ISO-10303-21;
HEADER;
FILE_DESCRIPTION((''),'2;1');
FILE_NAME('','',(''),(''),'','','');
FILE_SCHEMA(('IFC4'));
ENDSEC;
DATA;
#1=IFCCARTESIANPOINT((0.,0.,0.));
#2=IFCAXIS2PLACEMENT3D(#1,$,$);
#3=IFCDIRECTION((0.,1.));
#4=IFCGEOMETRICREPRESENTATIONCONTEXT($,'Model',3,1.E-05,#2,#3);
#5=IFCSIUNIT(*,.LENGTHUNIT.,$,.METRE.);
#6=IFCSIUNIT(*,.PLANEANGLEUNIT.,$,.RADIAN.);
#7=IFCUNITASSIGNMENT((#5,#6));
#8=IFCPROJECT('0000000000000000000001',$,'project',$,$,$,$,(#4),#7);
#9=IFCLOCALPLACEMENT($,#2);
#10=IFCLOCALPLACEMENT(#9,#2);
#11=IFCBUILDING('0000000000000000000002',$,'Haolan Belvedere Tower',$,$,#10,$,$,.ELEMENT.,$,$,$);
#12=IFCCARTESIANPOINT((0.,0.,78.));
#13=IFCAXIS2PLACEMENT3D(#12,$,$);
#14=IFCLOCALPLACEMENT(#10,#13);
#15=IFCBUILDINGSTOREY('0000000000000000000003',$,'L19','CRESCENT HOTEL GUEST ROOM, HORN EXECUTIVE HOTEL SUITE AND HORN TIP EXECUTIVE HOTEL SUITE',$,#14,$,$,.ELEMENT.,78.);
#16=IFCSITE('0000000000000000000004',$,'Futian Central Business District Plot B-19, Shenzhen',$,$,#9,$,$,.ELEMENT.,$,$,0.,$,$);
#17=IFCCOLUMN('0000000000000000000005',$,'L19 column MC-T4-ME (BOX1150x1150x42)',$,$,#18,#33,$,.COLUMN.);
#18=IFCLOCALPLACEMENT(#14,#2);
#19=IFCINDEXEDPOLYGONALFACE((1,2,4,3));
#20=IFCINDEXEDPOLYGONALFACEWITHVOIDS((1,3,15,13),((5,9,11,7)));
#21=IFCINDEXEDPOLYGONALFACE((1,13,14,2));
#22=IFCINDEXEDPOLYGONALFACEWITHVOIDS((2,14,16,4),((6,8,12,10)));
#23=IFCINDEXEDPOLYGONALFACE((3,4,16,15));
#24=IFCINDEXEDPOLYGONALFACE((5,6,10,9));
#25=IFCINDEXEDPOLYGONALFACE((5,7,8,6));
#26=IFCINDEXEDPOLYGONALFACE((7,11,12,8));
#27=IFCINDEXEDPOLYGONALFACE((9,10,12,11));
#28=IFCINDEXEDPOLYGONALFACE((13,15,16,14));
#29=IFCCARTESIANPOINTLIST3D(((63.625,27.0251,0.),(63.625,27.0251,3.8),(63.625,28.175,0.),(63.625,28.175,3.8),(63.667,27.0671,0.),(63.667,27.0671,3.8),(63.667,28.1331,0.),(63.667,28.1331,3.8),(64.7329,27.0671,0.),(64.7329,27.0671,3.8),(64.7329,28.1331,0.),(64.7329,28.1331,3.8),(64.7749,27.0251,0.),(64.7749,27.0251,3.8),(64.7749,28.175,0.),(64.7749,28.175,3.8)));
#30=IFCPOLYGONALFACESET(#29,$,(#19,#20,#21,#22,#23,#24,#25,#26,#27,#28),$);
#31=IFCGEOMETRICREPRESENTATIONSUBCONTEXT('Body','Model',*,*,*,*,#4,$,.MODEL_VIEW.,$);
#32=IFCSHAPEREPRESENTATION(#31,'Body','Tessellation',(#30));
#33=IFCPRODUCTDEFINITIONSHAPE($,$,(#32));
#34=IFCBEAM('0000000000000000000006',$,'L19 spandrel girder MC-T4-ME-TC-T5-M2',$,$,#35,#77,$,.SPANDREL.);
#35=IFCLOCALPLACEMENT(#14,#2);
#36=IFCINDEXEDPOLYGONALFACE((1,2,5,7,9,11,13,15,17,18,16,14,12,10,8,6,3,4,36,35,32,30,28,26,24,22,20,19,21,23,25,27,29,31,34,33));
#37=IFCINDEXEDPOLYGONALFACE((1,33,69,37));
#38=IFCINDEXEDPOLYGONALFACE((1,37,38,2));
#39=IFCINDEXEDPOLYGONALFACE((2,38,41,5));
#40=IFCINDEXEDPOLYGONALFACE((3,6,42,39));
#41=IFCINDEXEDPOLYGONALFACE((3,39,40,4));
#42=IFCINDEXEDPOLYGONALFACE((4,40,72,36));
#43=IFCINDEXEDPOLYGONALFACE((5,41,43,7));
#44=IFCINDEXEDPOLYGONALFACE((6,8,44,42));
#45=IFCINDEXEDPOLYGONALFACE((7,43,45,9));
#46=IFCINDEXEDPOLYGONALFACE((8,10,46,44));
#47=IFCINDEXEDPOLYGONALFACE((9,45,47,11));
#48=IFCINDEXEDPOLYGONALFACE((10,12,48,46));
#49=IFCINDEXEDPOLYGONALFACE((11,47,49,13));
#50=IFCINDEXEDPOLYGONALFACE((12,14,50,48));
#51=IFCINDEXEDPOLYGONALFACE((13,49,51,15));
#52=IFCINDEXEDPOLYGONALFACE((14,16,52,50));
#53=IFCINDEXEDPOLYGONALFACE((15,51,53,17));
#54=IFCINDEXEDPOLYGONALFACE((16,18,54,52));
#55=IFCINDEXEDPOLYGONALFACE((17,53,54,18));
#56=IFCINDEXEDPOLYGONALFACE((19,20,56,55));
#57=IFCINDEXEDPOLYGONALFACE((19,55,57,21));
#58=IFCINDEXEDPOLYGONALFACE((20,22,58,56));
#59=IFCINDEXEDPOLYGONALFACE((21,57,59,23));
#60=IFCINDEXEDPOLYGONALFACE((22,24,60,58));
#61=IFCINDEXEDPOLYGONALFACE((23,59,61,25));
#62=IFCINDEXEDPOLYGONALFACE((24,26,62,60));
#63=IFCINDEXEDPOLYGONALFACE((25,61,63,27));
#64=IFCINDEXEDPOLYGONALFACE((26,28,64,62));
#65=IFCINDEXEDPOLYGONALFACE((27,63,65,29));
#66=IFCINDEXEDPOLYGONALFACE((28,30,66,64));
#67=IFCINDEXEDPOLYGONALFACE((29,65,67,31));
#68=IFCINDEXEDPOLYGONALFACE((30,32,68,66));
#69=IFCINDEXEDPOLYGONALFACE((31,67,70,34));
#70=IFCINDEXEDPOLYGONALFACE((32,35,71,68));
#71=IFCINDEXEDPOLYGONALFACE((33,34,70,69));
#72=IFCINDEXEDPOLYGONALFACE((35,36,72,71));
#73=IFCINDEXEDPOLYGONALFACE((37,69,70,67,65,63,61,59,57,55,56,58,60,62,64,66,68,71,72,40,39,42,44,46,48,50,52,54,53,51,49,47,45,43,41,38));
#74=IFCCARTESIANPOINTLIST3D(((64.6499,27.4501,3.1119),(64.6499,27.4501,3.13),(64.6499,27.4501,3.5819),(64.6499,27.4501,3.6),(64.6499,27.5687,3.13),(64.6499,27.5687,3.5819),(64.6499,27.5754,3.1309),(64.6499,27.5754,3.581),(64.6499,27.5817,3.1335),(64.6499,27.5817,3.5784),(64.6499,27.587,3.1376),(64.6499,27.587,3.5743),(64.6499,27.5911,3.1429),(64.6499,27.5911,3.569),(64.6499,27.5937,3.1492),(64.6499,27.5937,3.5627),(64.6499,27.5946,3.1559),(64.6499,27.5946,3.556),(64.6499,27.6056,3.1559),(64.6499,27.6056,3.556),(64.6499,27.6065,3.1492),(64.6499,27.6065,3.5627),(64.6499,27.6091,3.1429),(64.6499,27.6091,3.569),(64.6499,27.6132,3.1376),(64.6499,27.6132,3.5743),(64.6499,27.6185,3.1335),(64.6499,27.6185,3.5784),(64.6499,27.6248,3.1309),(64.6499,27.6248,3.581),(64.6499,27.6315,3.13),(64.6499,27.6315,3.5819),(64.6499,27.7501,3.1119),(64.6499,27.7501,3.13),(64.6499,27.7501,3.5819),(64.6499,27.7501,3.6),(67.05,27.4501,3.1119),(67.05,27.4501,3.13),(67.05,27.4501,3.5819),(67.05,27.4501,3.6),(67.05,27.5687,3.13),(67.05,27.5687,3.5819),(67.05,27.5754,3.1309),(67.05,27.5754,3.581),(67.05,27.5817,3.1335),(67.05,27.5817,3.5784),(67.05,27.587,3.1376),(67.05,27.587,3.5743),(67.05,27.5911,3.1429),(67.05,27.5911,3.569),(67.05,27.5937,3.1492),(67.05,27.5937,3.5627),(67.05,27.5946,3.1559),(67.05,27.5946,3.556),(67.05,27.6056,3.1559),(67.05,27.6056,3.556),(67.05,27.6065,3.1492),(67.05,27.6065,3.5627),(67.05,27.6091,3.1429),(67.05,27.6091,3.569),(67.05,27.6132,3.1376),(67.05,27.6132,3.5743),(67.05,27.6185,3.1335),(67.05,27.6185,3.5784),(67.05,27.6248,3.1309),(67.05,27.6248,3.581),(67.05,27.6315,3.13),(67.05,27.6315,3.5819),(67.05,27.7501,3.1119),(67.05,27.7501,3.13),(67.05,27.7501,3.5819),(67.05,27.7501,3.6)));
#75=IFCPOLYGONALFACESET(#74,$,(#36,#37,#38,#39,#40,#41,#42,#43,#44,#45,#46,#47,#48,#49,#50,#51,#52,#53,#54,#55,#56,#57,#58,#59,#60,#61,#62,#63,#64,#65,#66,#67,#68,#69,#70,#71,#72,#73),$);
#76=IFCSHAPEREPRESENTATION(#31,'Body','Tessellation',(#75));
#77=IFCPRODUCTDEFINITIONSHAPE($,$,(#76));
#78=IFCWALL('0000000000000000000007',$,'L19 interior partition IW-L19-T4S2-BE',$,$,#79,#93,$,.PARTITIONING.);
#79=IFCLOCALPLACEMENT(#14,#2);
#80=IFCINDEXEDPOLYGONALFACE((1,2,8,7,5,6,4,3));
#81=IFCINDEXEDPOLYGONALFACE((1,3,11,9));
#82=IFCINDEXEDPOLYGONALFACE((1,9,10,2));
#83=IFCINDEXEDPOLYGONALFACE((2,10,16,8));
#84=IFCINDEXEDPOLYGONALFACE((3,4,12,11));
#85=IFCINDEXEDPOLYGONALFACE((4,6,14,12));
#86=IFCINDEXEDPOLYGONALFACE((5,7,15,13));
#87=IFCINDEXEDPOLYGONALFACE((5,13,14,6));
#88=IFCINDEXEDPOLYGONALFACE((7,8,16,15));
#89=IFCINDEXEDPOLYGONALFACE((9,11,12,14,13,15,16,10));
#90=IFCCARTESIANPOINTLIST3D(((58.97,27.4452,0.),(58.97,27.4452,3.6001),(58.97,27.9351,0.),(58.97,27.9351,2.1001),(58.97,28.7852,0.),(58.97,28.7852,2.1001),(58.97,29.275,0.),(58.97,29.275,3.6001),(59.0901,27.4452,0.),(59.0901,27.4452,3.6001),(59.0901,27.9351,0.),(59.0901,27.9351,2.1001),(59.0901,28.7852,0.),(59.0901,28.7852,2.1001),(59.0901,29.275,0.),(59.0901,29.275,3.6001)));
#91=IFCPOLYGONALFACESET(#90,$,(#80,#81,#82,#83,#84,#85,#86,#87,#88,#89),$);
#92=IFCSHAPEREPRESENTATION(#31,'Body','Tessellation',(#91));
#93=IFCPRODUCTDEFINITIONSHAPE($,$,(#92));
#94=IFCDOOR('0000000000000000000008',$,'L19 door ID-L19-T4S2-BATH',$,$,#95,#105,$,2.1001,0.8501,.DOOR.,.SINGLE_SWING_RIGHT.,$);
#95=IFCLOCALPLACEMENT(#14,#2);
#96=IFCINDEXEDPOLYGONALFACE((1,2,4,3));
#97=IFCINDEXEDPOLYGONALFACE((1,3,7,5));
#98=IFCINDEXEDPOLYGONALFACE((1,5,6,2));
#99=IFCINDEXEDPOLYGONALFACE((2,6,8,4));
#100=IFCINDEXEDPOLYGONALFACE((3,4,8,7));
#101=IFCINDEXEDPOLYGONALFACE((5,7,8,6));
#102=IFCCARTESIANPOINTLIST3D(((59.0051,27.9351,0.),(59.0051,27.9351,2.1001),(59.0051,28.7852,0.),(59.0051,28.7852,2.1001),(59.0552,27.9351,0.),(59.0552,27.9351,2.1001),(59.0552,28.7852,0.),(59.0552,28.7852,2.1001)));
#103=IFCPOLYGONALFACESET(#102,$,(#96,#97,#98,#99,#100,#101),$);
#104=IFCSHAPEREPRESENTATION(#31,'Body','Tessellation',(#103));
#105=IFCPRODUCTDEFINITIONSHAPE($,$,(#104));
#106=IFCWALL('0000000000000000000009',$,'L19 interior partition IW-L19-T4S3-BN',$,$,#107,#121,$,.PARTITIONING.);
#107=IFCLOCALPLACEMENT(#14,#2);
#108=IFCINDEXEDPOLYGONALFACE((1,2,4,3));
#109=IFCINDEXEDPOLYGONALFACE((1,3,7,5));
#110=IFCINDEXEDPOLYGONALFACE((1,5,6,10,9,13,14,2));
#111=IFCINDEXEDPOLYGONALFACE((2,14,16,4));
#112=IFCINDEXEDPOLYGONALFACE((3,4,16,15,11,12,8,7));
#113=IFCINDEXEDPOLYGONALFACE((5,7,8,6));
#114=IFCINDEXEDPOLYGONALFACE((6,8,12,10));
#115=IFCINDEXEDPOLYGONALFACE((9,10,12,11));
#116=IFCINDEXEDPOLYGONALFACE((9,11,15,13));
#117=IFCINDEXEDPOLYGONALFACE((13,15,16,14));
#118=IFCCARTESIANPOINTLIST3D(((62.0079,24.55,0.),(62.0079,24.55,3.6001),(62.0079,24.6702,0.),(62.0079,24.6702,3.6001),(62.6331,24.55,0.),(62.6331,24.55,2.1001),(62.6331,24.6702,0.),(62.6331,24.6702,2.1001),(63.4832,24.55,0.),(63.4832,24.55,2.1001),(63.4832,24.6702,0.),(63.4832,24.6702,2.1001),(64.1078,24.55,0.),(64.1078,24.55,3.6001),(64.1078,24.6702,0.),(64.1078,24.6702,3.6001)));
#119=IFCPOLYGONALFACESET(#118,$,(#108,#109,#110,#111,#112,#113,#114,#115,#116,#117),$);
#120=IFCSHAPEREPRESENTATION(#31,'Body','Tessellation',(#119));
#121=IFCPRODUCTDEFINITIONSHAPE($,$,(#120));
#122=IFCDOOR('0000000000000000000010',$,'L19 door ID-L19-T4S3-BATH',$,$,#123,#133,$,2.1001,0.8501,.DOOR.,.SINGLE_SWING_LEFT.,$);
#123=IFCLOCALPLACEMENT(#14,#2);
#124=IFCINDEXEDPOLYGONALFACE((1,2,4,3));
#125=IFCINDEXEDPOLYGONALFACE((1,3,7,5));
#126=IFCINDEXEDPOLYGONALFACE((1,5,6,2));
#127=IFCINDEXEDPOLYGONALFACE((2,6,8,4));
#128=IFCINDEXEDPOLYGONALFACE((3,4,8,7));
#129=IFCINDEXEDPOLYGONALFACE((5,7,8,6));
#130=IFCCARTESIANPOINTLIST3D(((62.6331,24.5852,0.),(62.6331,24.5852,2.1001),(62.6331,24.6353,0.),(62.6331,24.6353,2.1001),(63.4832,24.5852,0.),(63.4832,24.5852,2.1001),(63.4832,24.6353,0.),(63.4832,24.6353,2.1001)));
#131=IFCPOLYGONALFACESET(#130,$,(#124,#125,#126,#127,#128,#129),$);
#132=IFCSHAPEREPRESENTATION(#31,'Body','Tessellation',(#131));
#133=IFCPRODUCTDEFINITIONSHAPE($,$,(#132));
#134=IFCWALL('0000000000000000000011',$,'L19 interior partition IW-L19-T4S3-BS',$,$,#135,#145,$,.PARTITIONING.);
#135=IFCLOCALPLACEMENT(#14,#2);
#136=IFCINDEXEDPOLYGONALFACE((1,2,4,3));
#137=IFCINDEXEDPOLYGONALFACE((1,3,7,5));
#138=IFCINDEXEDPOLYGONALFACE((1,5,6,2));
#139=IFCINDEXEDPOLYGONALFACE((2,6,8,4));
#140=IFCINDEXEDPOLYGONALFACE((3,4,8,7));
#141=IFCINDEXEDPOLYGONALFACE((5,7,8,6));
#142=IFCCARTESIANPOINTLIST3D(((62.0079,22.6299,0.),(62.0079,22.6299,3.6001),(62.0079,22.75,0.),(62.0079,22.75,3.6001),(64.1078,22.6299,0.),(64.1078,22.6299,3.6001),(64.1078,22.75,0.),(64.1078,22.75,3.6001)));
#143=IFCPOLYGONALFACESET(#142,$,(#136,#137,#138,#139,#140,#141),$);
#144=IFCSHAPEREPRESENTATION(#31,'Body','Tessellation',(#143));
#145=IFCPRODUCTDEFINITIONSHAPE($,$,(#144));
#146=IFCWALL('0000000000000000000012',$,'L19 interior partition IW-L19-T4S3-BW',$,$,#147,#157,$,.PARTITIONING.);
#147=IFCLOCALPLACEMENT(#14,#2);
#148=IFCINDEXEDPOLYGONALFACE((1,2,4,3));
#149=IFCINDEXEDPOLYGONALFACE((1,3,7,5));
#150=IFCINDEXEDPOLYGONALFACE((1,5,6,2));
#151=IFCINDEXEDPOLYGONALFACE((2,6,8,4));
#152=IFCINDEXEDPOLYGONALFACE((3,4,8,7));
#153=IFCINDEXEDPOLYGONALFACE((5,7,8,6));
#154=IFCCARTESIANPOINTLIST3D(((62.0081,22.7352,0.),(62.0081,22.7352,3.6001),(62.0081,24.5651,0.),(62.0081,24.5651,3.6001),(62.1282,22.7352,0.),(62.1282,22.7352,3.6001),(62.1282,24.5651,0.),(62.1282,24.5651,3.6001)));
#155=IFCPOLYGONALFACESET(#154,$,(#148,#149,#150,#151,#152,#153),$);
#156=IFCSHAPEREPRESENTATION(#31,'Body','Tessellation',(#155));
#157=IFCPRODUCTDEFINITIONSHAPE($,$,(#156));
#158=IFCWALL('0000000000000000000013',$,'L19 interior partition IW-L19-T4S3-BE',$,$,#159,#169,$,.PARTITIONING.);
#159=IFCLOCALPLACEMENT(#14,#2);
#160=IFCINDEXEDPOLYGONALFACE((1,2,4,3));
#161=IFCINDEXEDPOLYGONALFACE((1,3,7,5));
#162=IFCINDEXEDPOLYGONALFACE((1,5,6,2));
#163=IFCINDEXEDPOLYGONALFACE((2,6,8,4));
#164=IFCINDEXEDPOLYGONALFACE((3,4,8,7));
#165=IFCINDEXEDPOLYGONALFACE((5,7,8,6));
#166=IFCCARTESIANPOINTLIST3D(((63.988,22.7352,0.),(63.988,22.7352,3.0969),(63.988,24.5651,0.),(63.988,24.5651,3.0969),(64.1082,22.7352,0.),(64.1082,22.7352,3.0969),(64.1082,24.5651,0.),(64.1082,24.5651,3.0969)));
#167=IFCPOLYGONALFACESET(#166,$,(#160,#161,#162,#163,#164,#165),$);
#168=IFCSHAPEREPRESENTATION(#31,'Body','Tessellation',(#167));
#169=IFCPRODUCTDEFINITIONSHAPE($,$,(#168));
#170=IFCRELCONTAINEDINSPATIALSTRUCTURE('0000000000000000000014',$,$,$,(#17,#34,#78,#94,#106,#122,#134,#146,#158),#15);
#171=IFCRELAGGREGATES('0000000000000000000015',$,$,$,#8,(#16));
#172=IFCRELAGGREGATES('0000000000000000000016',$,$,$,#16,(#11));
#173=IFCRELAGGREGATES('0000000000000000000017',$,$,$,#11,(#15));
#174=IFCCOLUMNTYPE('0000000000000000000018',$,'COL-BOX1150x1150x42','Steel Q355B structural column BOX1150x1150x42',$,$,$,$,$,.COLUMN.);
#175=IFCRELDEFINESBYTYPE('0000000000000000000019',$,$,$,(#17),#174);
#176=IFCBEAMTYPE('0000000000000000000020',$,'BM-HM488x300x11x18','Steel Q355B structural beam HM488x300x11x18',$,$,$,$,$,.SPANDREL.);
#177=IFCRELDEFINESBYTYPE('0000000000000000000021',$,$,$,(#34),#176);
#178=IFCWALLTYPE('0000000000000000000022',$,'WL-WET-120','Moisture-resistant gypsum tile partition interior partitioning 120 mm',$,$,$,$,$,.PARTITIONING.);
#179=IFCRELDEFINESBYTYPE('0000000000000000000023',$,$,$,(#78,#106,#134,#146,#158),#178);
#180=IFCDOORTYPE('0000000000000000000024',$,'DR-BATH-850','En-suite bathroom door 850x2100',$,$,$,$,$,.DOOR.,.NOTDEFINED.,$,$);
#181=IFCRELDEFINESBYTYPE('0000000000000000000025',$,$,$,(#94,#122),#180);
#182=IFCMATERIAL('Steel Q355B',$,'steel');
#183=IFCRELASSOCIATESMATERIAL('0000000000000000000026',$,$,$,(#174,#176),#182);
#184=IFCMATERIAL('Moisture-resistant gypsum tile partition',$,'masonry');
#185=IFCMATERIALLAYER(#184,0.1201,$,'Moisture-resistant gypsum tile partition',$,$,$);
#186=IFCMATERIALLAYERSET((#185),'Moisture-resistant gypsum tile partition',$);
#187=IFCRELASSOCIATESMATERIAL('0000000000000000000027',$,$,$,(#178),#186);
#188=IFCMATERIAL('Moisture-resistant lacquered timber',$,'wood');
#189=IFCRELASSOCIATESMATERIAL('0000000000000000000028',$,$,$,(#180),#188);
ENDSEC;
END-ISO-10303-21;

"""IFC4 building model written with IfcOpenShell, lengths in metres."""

from ifc_helpers import new_model, si_unit, direction, frame, frame_2d, origin, origin_2d, place, context, subcontext, project, spatial, rectangle, hollow_rectangle, i_section, extrude, material, layer, layer_set, material_profile, profile_set, type_object, element, fill, save


model = new_model("IFC4")

# Units and contexts
model_context = context("Model", 3, precision=1e-05, world=origin(), true_north=direction((0.0, 1.0)))
body_context = subcontext(model_context, "Body", "Model", "MODEL_VIEW")
ifc_project = project(units=[si_unit("LENGTHUNIT", "METRE"), si_unit("PLANEANGLEUNIT", "RADIAN")], contexts=[model_context])

# Site, building, storey
site_placement = place(None, origin())
site = spatial("IfcSite", under=ifc_project, at=site_placement, Name="Futian Central Business District Plot B-19, Shenzhen", CompositionType="ELEMENT", RefElevation=0.0)
building_placement = place(site_placement, origin())
building = spatial("IfcBuilding", under=site, at=building_placement, Name="Haolan Belvedere Tower", CompositionType="ELEMENT")
storey_placement = place(building_placement, frame((0.0, 0.0, 78.0)))
storey = spatial("IfcBuildingStorey", under=building, at=storey_placement, Name="L19", Description="CRESCENT HOTEL GUEST ROOM, HORN EXECUTIVE HOTEL SUITE AND HORN TIP EXECUTIVE HOTEL SUITE", CompositionType="ELEMENT", Elevation=78.0)

# Column
ifc_material_1 = material(Name="Steel Q355B", Category="steel")
ifc_material_profile_1 = material_profile(ifc_material_1, hollow_rectangle(XDim=1.1499, YDim=1.1499, WallThickness=0.042, at=origin_2d()), Name="Steel Q355B")
ifc_profile_set_1 = profile_set([ifc_material_profile_1], Name="Steel Q355B")
column_type = type_object("IfcColumnType", Name="COL-BOX1150x1150x42", Description="Steel Q355B structural column BOX1150x1150x42", PredefinedType="COLUMN", material=ifc_profile_set_1)
column_placement = place(storey_placement, frame((64.2, 27.6001, 0.0), z_axis=(0.0, 0.0, 1.0), x_axis=(1.0, 0.0, 0.0)))
element("IfcColumn", 1, at=column_placement, inside=storey, type_object=column_type, Name="L19 column MC-T4-ME (BOX1150x1150x42)", PredefinedType="COLUMN", context=body_context, shape_type="SweptSolid", body=[
    extrude(hollow_rectangle(XDim=1.1499, YDim=1.1499, WallThickness=0.042, at=origin_2d()), origin(), (0.0, 0.0, 1.0), 3.8),
])

# Beam
ifc_material_profile_2 = material_profile(ifc_material_1, i_section(OverallWidth=0.3, OverallDepth=0.488, WebThickness=0.011, FlangeThickness=0.0181, FilletRadius=0.0259, at=origin_2d()), Name="Steel Q355B")
ifc_profile_set_2 = profile_set([ifc_material_profile_2], Name="Steel Q355B")
beam_type = type_object("IfcBeamType", Name="BM-HM488x300x11x18", Description="Steel Q355B structural beam HM488x300x11x18", PredefinedType="SPANDREL", material=ifc_profile_set_2)
beam_placement = place(storey_placement, frame((64.6499, 27.6001, 3.356), z_axis=(1.0, 0.0, 0.0), x_axis=(0.0, 1.0, 0.0)))
element("IfcBeam", 2, at=beam_placement, inside=storey, type_object=beam_type, Name="L19 spandrel girder MC-T4-ME-TC-T5-M2", PredefinedType="SPANDREL", context=body_context, shape_type="SweptSolid", body=[
    extrude(i_section(OverallWidth=0.3, OverallDepth=0.488, WebThickness=0.011, FlangeThickness=0.0181, FilletRadius=0.0259, at=origin_2d()), origin(), (0.0, 0.0, 1.0), 2.4001),
])

# Walls, openings, doors
ifc_material_2 = material(Name="Moisture-resistant gypsum tile partition", Category="masonry")
ifc_layer_1 = layer(ifc_material_2, 0.1201, Name="Moisture-resistant gypsum tile partition")
ifc_layer_set_1 = layer_set([ifc_layer_1], Name="Moisture-resistant gypsum tile partition")
wall_type_1 = type_object("IfcWallType", Name="WL-WET-120", Description="Moisture-resistant gypsum tile partition interior partitioning 120 mm", PredefinedType="PARTITIONING", material=ifc_layer_set_1)
wall_1_placement = place(storey_placement, frame((59.03, 27.4451, 0.0), z_axis=(0.0, 0.0, 1.0), x_axis=(0.0, 1.0, 0.0)))
wall_1 = element("IfcWall", 3, at=wall_1_placement, inside=storey, type_object=wall_type_1, Name="L19 interior partition IW-L19-T4S2-BE", PredefinedType="PARTITIONING", context=body_context, shape_type="SweptSolid", body=[
    extrude(rectangle(XDim=1.8298, YDim=0.1201, at=frame_2d((0.915, 0.0))), origin(), (0.0, 0.0, 1.0), 3.6001),
])
opening_1_placement = place(wall_1_placement, frame((0.49, 0.0, 0.0)))
opening_1 = element("IfcOpeningElement", 4, at=opening_1_placement, cuts=wall_1, PredefinedType="OPENING", context=body_context, shape_type="SweptSolid", body=[
    extrude(rectangle(XDim=0.8501, YDim=2.1001, at=frame_2d((0.425, 1.05))), frame((0.0, 0.0701, 0.0), z_axis=(0.0, -1.0, 0.0), x_axis=(1.0, 0.0, 0.0)), (0.0, 0.0, 1.0), 0.1401),
])
ifc_material_3 = material(Name="Moisture-resistant lacquered timber", Category="wood")
door_type_1 = type_object("IfcDoorType", Name="DR-BATH-850", Description="En-suite bathroom door 850x2100", OperationType="NOTDEFINED", PredefinedType="DOOR", material=ifc_material_3)
door_1_placement = place(opening_1_placement, origin())
door_1 = element("IfcDoor", 5, at=door_1_placement, inside=storey, type_object=door_type_1, Name="L19 door ID-L19-T4S2-BATH", OperationType="SINGLE_SWING_RIGHT", OverallHeight=2.1001, OverallWidth=0.8501, PredefinedType="DOOR", context=body_context, shape_type="SweptSolid", body=[
    extrude(rectangle(XDim=0.8501, YDim=2.1001, at=frame_2d((0.425, 1.05))), frame((0.0, 0.0249, 0.0), z_axis=(0.0, -1.0, 0.0), x_axis=(1.0, 0.0, 0.0)), (0.0, 0.0, 1.0), 0.05),
])
fill(opening_1, door_1)
wall_2_placement = place(storey_placement, frame((62.0081, 24.6101, 0.0), z_axis=(0.0, 0.0, 1.0), x_axis=(1.0, 0.0, 0.0)))
wall_2 = element("IfcWall", 6, at=wall_2_placement, inside=storey, type_object=wall_type_1, Name="L19 interior partition IW-L19-T4S3-BN", PredefinedType="PARTITIONING", context=body_context, shape_type="SweptSolid", body=[
    extrude(rectangle(XDim=2.0999, YDim=0.1201, at=frame_2d((1.0498, 0.0))), origin(), (0.0, 0.0, 1.0), 3.6001),
])
opening_2_placement = place(wall_2_placement, frame((1.4751, 0.0, 0.0), z_axis=(0.0, 0.0, 1.0), x_axis=(-1.0, 0.0, 0.0)))
opening_2 = element("IfcOpeningElement", 7, at=opening_2_placement, cuts=wall_2, PredefinedType="OPENING", context=body_context, shape_type="SweptSolid", body=[
    extrude(rectangle(XDim=0.8501, YDim=2.1001, at=frame_2d((0.425, 1.05))), frame((0.0, 0.0701, 0.0), z_axis=(0.0, -1.0, 0.0), x_axis=(1.0, 0.0, 0.0)), (0.0, 0.0, 1.0), 0.1401),
])
door_2_placement = place(opening_2_placement, origin())
door_2 = element("IfcDoor", 8, at=door_2_placement, inside=storey, type_object=door_type_1, Name="L19 door ID-L19-T4S3-BATH", OperationType="SINGLE_SWING_LEFT", OverallHeight=2.1001, OverallWidth=0.8501, PredefinedType="DOOR", context=body_context, shape_type="SweptSolid", body=[
    extrude(rectangle(XDim=0.8501, YDim=2.1001, at=frame_2d((0.425, 1.05))), frame((0.0, 0.0249, 0.0), z_axis=(0.0, -1.0, 0.0), x_axis=(1.0, 0.0, 0.0)), (0.0, 0.0, 1.0), 0.05),
])
fill(opening_2, door_2)

# Walls
wall_3_placement = place(storey_placement, frame((62.0081, 22.6899, 0.0), z_axis=(0.0, 0.0, 1.0), x_axis=(1.0, 0.0, 0.0)))
element("IfcWall", 9, at=wall_3_placement, inside=storey, type_object=wall_type_1, Name="L19 interior partition IW-L19-T4S3-BS", PredefinedType="PARTITIONING", context=body_context, shape_type="SweptSolid", body=[
    extrude(rectangle(XDim=2.0999, YDim=0.1201, at=frame_2d((1.0498, 0.0))), origin(), (0.0, 0.0, 1.0), 3.6001),
])
wall_4_placement = place(storey_placement, frame((62.0681, 22.7351, 0.0), z_axis=(0.0, 0.0, 1.0), x_axis=(0.0, 1.0, 0.0)))
element("IfcWall", 10, at=wall_4_placement, inside=storey, type_object=wall_type_1, Name="L19 interior partition IW-L19-T4S3-BW", PredefinedType="PARTITIONING", context=body_context, shape_type="SweptSolid", body=[
    extrude(rectangle(XDim=1.8298, YDim=0.1201, at=frame_2d((0.915, 0.0))), origin(), (0.0, 0.0, 1.0), 3.6001),
])
wall_5_placement = place(storey_placement, frame((64.0481, 22.7351, 0.0), z_axis=(0.0, 0.0, 1.0), x_axis=(0.0, 1.0, 0.0)))
element("IfcWall", 11, at=wall_5_placement, inside=storey, type_object=wall_type_1, Name="L19 interior partition IW-L19-T4S3-BE", PredefinedType="PARTITIONING", context=body_context, shape_type="SweptSolid", body=[
    extrude(rectangle(XDim=1.8298, YDim=0.1201, at=frame_2d((0.915, 0.0))), origin(), (0.0, 0.0, 1.0), 3.0969),
])

save(model, "model.ifc")
